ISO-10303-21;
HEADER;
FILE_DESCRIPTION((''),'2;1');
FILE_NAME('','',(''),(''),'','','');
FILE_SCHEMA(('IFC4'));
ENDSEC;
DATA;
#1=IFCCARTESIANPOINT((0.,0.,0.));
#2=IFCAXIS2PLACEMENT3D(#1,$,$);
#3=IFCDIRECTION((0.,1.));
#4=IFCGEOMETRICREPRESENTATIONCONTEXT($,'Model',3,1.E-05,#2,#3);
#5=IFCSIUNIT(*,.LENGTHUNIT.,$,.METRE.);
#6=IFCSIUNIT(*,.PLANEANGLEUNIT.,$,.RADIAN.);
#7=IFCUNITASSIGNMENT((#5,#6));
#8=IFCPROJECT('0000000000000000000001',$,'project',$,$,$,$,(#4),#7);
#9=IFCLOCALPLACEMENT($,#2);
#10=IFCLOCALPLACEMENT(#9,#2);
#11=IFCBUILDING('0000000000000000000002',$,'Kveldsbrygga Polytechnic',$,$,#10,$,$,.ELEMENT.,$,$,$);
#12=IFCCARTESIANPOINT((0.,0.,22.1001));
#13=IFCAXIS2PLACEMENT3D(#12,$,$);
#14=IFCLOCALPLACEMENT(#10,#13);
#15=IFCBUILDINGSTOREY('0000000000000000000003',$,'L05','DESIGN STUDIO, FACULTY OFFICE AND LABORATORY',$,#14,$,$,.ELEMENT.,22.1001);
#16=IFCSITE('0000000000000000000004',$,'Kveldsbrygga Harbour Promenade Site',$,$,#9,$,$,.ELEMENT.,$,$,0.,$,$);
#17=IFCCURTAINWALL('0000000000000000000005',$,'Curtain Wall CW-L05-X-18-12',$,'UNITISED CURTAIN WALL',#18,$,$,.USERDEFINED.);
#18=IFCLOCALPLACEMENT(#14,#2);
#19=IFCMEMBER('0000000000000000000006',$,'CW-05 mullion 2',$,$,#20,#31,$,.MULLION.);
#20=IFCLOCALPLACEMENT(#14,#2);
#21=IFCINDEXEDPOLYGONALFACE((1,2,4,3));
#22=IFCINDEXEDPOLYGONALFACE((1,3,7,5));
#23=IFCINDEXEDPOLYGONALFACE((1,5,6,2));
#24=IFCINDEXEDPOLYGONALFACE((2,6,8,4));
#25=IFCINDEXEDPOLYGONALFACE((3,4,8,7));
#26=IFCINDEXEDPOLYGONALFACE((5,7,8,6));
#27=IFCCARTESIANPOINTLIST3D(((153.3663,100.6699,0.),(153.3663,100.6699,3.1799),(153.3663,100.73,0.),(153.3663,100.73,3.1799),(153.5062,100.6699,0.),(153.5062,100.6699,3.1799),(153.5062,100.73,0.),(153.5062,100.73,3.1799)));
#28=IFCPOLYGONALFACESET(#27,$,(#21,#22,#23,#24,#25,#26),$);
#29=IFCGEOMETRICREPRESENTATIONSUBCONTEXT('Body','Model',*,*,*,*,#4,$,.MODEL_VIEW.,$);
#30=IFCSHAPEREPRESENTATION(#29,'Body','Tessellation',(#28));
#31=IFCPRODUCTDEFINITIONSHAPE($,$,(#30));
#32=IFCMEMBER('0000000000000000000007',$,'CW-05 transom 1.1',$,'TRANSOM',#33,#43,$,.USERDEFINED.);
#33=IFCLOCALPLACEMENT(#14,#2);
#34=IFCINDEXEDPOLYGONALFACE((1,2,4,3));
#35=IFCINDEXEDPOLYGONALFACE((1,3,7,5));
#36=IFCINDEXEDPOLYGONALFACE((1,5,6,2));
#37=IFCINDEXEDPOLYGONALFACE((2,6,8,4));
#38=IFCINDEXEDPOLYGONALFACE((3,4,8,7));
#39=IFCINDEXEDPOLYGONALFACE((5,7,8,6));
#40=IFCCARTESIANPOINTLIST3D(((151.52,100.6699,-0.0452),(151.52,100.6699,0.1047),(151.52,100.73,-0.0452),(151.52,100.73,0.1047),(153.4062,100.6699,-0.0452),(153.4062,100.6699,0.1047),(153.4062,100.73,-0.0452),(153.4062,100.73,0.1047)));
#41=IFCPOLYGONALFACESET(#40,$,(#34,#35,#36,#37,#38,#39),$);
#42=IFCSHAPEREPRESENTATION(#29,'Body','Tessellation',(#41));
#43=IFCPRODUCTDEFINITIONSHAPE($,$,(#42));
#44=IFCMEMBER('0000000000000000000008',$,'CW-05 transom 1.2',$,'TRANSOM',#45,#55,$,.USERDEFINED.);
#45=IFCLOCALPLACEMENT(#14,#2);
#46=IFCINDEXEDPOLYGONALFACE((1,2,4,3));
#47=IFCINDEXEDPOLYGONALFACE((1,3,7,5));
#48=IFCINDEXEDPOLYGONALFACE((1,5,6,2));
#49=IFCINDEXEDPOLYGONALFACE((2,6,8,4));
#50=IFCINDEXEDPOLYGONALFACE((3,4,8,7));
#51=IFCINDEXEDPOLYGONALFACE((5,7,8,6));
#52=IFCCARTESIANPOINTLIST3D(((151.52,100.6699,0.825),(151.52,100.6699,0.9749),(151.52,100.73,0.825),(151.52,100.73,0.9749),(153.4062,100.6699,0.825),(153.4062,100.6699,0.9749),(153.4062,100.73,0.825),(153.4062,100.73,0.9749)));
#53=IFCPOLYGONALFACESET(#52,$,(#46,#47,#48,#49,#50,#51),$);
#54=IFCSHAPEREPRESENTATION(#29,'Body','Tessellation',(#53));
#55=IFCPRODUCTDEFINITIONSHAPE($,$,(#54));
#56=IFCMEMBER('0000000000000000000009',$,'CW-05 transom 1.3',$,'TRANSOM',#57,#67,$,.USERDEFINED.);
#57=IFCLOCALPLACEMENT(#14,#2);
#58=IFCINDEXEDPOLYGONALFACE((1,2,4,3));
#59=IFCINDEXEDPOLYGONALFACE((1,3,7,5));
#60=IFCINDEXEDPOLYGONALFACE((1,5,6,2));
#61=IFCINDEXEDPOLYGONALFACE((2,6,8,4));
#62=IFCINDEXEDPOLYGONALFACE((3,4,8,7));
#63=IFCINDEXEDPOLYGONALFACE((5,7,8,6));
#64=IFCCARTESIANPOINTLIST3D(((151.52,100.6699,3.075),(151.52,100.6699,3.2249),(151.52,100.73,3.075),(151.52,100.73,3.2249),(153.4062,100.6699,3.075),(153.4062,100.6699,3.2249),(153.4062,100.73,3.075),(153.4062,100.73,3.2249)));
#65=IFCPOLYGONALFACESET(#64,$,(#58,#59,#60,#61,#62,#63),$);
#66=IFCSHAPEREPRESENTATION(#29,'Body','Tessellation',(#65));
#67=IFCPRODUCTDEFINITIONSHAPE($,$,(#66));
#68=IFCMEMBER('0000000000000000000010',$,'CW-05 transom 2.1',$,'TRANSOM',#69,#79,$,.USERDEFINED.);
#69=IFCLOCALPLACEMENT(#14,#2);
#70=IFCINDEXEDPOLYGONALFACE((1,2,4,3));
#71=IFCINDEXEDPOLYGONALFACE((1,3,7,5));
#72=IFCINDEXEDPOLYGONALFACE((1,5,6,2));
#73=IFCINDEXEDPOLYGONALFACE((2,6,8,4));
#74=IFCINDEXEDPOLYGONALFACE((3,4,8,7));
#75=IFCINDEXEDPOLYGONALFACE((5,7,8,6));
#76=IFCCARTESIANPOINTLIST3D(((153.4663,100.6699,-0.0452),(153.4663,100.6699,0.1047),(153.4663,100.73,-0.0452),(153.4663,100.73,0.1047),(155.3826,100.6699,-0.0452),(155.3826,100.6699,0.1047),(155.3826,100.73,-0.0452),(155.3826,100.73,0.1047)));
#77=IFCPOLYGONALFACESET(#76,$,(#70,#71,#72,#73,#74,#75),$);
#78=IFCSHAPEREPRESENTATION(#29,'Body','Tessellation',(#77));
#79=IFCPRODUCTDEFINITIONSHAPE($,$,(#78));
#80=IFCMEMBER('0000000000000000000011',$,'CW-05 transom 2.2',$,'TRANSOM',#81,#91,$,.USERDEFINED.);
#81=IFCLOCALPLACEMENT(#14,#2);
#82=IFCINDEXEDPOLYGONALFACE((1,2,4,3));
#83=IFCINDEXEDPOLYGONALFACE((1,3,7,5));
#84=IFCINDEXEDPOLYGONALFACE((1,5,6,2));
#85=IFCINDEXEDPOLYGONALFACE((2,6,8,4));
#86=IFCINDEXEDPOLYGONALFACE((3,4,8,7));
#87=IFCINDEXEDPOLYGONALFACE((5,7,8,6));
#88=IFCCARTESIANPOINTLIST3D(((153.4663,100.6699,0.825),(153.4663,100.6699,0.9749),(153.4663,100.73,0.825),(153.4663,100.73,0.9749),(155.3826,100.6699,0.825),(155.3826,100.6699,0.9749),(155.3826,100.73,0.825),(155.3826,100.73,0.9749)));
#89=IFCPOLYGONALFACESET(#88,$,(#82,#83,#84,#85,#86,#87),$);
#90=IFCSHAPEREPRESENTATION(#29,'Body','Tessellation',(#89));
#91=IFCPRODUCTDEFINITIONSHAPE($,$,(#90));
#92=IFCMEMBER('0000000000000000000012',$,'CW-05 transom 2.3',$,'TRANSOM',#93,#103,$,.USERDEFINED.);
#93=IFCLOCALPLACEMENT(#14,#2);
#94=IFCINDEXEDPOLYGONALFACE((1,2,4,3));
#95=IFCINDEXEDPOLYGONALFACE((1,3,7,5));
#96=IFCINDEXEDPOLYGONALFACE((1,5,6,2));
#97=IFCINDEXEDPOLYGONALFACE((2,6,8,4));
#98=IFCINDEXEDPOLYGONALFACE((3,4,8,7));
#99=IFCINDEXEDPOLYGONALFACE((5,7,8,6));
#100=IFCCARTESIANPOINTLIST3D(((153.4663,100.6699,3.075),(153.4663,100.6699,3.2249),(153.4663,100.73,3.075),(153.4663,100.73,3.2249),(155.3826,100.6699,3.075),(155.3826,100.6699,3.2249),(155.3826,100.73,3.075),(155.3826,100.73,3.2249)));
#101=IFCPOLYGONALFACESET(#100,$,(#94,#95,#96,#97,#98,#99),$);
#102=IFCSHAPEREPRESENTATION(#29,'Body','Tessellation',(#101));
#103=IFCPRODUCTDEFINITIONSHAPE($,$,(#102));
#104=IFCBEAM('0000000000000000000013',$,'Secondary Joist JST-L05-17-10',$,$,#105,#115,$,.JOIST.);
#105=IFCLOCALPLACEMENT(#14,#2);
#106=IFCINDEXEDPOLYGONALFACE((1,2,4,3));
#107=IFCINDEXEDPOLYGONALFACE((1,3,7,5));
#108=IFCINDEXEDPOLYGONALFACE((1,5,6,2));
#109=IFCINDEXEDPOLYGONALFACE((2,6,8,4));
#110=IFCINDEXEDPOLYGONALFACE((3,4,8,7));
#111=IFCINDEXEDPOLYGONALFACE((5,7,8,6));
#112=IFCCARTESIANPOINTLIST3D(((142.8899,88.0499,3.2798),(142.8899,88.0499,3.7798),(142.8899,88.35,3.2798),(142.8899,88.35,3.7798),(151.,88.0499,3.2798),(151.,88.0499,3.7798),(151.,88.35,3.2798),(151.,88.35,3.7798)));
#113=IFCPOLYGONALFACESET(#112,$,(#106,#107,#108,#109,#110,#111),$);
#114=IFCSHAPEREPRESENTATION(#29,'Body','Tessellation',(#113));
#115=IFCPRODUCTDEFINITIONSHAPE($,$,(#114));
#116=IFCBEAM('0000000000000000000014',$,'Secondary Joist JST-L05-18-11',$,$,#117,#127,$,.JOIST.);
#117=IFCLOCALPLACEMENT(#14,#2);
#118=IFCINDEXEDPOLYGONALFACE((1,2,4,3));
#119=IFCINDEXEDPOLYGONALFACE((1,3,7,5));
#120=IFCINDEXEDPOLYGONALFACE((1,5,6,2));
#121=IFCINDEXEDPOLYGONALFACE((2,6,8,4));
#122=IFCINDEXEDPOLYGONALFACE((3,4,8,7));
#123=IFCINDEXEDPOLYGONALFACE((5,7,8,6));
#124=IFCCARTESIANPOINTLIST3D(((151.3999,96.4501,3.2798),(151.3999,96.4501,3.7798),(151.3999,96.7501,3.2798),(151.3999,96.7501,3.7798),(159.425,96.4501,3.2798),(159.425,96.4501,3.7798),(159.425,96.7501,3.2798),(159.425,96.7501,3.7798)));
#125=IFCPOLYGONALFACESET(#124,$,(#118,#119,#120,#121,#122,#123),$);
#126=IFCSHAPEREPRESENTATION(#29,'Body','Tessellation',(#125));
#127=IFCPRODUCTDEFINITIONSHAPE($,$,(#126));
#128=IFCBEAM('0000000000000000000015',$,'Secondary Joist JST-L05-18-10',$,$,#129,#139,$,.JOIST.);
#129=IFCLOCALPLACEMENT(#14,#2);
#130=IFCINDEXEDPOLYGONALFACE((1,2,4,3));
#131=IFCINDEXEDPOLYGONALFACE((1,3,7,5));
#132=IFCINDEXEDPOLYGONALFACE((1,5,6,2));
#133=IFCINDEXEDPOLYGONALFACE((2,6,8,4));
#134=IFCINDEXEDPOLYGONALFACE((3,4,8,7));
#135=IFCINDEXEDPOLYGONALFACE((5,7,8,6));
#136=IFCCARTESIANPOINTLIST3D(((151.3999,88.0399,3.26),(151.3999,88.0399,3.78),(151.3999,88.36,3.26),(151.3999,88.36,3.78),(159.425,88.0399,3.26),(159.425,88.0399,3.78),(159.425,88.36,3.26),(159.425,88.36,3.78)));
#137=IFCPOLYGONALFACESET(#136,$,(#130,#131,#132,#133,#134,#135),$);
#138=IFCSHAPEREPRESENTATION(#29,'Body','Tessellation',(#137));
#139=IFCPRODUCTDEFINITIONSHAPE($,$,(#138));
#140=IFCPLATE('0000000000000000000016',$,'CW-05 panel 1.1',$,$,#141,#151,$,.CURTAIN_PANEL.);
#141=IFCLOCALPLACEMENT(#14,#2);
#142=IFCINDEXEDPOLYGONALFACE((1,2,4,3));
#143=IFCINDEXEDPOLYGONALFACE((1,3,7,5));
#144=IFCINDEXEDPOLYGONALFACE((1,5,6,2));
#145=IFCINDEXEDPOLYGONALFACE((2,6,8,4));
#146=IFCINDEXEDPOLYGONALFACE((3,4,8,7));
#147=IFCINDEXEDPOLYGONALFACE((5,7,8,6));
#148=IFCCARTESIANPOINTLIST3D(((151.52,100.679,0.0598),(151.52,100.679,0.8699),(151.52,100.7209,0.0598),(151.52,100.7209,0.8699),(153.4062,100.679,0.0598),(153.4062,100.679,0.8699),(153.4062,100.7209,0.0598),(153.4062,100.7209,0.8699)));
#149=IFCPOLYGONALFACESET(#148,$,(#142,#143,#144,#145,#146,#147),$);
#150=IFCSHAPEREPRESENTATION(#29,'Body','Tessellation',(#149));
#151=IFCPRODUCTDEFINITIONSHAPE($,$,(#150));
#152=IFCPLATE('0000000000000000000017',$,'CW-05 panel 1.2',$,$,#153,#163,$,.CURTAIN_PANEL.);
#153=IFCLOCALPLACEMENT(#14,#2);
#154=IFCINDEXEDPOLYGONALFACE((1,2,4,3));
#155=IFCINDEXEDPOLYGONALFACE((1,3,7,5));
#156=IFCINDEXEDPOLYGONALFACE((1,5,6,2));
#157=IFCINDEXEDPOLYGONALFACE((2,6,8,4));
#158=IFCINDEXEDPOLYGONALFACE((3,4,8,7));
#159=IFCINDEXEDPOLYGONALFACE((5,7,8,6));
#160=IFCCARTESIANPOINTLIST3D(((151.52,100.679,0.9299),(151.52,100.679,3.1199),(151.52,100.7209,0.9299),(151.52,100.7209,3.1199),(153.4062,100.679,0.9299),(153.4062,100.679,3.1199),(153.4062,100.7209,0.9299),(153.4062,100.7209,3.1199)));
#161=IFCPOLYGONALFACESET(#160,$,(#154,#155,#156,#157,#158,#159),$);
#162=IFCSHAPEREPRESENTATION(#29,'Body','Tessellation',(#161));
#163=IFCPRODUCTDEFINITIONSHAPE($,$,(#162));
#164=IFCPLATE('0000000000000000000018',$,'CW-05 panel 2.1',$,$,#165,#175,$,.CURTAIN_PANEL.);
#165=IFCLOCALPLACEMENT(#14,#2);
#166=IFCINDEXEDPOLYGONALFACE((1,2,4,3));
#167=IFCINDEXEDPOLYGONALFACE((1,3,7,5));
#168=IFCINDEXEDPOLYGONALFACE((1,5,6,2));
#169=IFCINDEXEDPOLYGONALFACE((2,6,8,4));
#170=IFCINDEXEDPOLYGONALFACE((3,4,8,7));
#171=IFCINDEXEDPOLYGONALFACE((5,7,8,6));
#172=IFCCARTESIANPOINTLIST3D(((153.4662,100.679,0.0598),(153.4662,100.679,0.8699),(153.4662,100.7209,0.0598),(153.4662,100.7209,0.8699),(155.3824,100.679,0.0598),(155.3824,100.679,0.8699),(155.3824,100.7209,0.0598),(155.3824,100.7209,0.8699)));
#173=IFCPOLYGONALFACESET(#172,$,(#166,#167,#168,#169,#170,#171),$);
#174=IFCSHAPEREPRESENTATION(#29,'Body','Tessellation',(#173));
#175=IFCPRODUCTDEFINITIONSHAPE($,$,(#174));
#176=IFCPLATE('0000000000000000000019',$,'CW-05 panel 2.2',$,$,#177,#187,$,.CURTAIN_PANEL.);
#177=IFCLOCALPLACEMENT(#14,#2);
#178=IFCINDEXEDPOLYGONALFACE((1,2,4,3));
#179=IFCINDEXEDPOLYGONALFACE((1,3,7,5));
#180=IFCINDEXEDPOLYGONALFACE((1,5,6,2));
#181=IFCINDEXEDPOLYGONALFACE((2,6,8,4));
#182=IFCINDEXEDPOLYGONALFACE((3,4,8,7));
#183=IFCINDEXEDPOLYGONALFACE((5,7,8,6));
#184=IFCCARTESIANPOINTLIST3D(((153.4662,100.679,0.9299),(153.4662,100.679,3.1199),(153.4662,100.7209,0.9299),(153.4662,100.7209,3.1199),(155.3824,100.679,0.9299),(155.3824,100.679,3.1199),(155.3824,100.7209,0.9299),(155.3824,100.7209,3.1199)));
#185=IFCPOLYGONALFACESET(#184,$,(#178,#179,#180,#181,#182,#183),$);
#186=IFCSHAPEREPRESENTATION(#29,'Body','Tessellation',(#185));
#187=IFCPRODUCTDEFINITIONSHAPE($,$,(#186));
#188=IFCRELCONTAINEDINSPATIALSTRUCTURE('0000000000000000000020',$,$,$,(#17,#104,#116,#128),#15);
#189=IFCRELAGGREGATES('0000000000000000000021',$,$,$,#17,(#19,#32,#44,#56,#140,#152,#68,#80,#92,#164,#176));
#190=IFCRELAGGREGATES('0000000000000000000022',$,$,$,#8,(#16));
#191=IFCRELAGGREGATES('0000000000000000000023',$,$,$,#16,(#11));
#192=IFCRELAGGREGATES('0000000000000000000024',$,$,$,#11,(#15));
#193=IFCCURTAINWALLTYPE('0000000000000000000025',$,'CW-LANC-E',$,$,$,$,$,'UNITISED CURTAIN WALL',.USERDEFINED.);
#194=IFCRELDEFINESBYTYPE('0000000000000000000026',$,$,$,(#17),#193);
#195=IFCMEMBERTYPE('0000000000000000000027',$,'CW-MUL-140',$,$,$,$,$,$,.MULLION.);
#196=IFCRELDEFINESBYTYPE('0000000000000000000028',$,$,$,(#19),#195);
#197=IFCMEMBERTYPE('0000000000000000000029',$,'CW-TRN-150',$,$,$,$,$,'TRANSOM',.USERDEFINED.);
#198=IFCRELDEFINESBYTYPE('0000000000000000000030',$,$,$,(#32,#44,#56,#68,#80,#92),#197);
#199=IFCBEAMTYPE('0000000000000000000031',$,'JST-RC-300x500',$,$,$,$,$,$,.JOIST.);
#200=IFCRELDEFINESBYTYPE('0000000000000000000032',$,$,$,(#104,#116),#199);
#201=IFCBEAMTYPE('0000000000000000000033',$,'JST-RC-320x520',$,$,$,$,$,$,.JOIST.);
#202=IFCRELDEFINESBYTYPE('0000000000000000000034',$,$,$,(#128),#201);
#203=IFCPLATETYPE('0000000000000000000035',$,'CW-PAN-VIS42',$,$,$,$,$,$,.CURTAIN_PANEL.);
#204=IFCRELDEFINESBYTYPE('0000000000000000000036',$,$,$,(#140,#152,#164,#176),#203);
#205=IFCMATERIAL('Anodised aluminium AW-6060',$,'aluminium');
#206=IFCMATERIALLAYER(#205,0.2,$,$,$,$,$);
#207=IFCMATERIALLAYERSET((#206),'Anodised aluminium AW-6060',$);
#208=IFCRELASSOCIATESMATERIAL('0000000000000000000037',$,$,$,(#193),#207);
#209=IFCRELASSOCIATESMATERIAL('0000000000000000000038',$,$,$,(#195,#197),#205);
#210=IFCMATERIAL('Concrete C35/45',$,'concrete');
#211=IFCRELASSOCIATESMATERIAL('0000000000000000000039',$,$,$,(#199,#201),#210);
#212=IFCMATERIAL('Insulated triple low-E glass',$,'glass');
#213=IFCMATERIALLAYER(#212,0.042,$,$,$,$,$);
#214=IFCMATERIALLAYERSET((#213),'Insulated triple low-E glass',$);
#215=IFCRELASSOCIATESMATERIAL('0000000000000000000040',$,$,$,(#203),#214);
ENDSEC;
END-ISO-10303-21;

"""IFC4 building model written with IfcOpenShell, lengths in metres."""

from ifc_helpers import new_model, si_unit, direction, frame, origin, origin_2d, place, context, subcontext, project, spatial, rectangle, extrude, material, layer, layer_set, material_profile, profile_set, type_object, element, aggregate, save


model = new_model("IFC4")

# Units and contexts
model_context = context("Model", 3, precision=1e-05, world=origin(), true_north=direction((0.0, 1.0)))
body_context = subcontext(model_context, "Body", "Model", "MODEL_VIEW")
ifc_project = project(units=[si_unit("LENGTHUNIT", "METRE"), si_unit("PLANEANGLEUNIT", "RADIAN")], contexts=[model_context])

# Site, building, storey
site_placement = place(None, origin())
site = spatial("IfcSite", under=ifc_project, at=site_placement, Name="Kveldsbrygga Harbour Promenade Site", CompositionType="ELEMENT", RefElevation=0.0)
building_placement = place(site_placement, origin())
building = spatial("IfcBuilding", under=site, at=building_placement, Name="Kveldsbrygga Polytechnic", CompositionType="ELEMENT")
storey_placement = place(building_placement, frame((0.0, 0.0, 22.1001)))
storey = spatial("IfcBuildingStorey", under=building, at=storey_placement, Name="L05", Description="DESIGN STUDIO, FACULTY OFFICE AND LABORATORY", CompositionType="ELEMENT", Elevation=22.1001)

# Shared definitions
ifc_material_1 = material(Name="Concrete C35/45", Category="concrete")

# Curtain wall, members
ifc_material_2 = material(Name="Anodised aluminium AW-6060", Category="aluminium")
ifc_layer_1 = layer(ifc_material_2, 0.2)
ifc_layer_set_1 = layer_set([ifc_layer_1], Name="Anodised aluminium AW-6060")
curtain_wall_type = type_object("IfcCurtainWallType", Name="CW-LANC-E", ElementType="UNITISED CURTAIN WALL", PredefinedType="USERDEFINED", material=ifc_layer_set_1)
curtain_wall_placement = place(storey_placement, origin())
curtain_wall = element("IfcCurtainWall", 1, at=curtain_wall_placement, inside=storey, type_object=curtain_wall_type, Name="Curtain Wall CW-L05-X-18-12", ObjectType="UNITISED CURTAIN WALL", PredefinedType="USERDEFINED")
ifc_material_profile_1 = material_profile(ifc_material_2, rectangle(XDim=0.0601, YDim=0.1399, at=origin_2d()), Name="ALU 60x140")
ifc_profile_set_1 = profile_set([ifc_material_profile_1], Name="Anodised aluminium AW-6060")
member_type_1 = type_object("IfcMemberType", Name="CW-MUL-140", PredefinedType="MULLION", material=ifc_profile_set_1)
member_1_placement = place(storey_placement, frame((153.4363, 100.7, 0.0), z_axis=(0.0, 0.0, 1.0), x_axis=(0.0, 1.0, 0.0)))
member_1 = element("IfcMember", 2, at=member_1_placement, type_object=member_type_1, Name="CW-05 mullion 2", PredefinedType="MULLION", context=body_context, shape_type="SweptSolid", body=[
    extrude(rectangle(XDim=0.0601, YDim=0.1399, at=origin_2d()), origin(), (0.0, 0.0, 1.0), 3.1799),
])
ifc_material_profile_2 = material_profile(ifc_material_2, rectangle(XDim=0.0601, YDim=0.1499, at=origin_2d()), Name="ALU 60x150")
ifc_profile_set_2 = profile_set([ifc_material_profile_2], Name="Anodised aluminium AW-6060")
member_type_2 = type_object("IfcMemberType", Name="CW-TRN-150", ElementType="TRANSOM", PredefinedType="USERDEFINED", material=ifc_profile_set_2)
member_2_placement = place(storey_placement, frame((151.52, 100.7, 0.0298), z_axis=(1.0, 0.0, 0.0), x_axis=(0.0, 1.0, 0.0)))
member_2 = element("IfcMember", 3, at=member_2_placement, type_object=member_type_2, Name="CW-05 transom 1.1", ObjectType="TRANSOM", PredefinedType="USERDEFINED", context=body_context, shape_type="SweptSolid", body=[
    extrude(rectangle(XDim=0.0601, YDim=0.1499, at=origin_2d()), origin(), (0.0, 0.0, 1.0), 1.8862),
])
member_3_placement = place(storey_placement, frame((151.52, 100.7, 0.8999), z_axis=(1.0, 0.0, 0.0), x_axis=(0.0, 1.0, 0.0)))
member_3 = element("IfcMember", 4, at=member_3_placement, type_object=member_type_2, Name="CW-05 transom 1.2", ObjectType="TRANSOM", PredefinedType="USERDEFINED", context=body_context, shape_type="SweptSolid", body=[
    extrude(rectangle(XDim=0.0601, YDim=0.1499, at=origin_2d()), origin(), (0.0, 0.0, 1.0), 1.8862),
])
member_4_placement = place(storey_placement, frame((151.52, 100.7, 3.1499), z_axis=(1.0, 0.0, 0.0), x_axis=(0.0, 1.0, 0.0)))
member_4 = element("IfcMember", 5, at=member_4_placement, type_object=member_type_2, Name="CW-05 transom 1.3", ObjectType="TRANSOM", PredefinedType="USERDEFINED", context=body_context, shape_type="SweptSolid", body=[
    extrude(rectangle(XDim=0.0601, YDim=0.1499, at=origin_2d()), origin(), (0.0, 0.0, 1.0), 1.8862),
])
member_5_placement = place(storey_placement, frame((153.4663, 100.7, 0.0298), z_axis=(1.0, 0.0, 0.0), x_axis=(0.0, 1.0, 0.0)))
member_5 = element("IfcMember", 6, at=member_5_placement, type_object=member_type_2, Name="CW-05 transom 2.1", ObjectType="TRANSOM", PredefinedType="USERDEFINED", context=body_context, shape_type="SweptSolid", body=[
    extrude(rectangle(XDim=0.0601, YDim=0.1499, at=origin_2d()), origin(), (0.0, 0.0, 1.0), 1.9163),
])
member_6_placement = place(storey_placement, frame((153.4663, 100.7, 0.8999), z_axis=(1.0, 0.0, 0.0), x_axis=(0.0, 1.0, 0.0)))
member_6 = element("IfcMember", 7, at=member_6_placement, type_object=member_type_2, Name="CW-05 transom 2.2", ObjectType="TRANSOM", PredefinedType="USERDEFINED", context=body_context, shape_type="SweptSolid", body=[
    extrude(rectangle(XDim=0.0601, YDim=0.1499, at=origin_2d()), origin(), (0.0, 0.0, 1.0), 1.9163),
])
member_7_placement = place(storey_placement, frame((153.4663, 100.7, 3.1499), z_axis=(1.0, 0.0, 0.0), x_axis=(0.0, 1.0, 0.0)))
member_7 = element("IfcMember", 8, at=member_7_placement, type_object=member_type_2, Name="CW-05 transom 2.3", ObjectType="TRANSOM", PredefinedType="USERDEFINED", context=body_context, shape_type="SweptSolid", body=[
    extrude(rectangle(XDim=0.0601, YDim=0.1499, at=origin_2d()), origin(), (0.0, 0.0, 1.0), 1.9163),
])

# Beams
ifc_material_profile_3 = material_profile(ifc_material_1, rectangle(XDim=0.3, YDim=0.5, at=origin_2d()), Name="RC 300x500")
ifc_profile_set_3 = profile_set([ifc_material_profile_3], Name="Concrete C35/45")
beam_type_1 = type_object("IfcBeamType", Name="JST-RC-300x500", PredefinedType="JOIST", material=ifc_profile_set_3)
beam_1_placement = place(storey_placement, frame((142.8899, 88.2, 3.5298), z_axis=(1.0, 0.0, 0.0), x_axis=(0.0, 1.0, 0.0)))
element("IfcBeam", 9, at=beam_1_placement, inside=storey, type_object=beam_type_1, Name="Secondary Joist JST-L05-17-10", PredefinedType="JOIST", context=body_context, shape_type="SweptSolid", body=[
    extrude(rectangle(XDim=0.3, YDim=0.5, at=origin_2d()), origin(), (0.0, 0.0, 1.0), 8.1101),
])
beam_2_placement = place(storey_placement, frame((151.3999, 96.6001, 3.5298), z_axis=(1.0, 0.0, 0.0), x_axis=(0.0, 1.0, 0.0)))
element("IfcBeam", 10, at=beam_2_placement, inside=storey, type_object=beam_type_1, Name="Secondary Joist JST-L05-18-11", PredefinedType="JOIST", context=body_context, shape_type="SweptSolid", body=[
    extrude(rectangle(XDim=0.3, YDim=0.5, at=origin_2d()), origin(), (0.0, 0.0, 1.0), 8.0251),
])
ifc_material_profile_4 = material_profile(ifc_material_1, rectangle(XDim=0.3201, YDim=0.52, at=origin_2d()), Name="RC 320x520")
ifc_profile_set_4 = profile_set([ifc_material_profile_4], Name="Concrete C35/45")
beam_type_2 = type_object("IfcBeamType", Name="JST-RC-320x520", PredefinedType="JOIST", material=ifc_profile_set_4)
beam_3_placement = place(storey_placement, frame((151.3999, 88.2, 3.52), z_axis=(1.0, 0.0, 0.0), x_axis=(0.0, 1.0, 0.0)))
element("IfcBeam", 11, at=beam_3_placement, inside=storey, type_object=beam_type_2, Name="Secondary Joist JST-L05-18-10", PredefinedType="JOIST", context=body_context, shape_type="SweptSolid", body=[
    extrude(rectangle(XDim=0.3201, YDim=0.52, at=origin_2d()), origin(), (0.0, 0.0, 1.0), 8.0251),
])

# Plates
ifc_material_3 = material(Name="Insulated triple low-E glass", Category="glass")
ifc_layer_2 = layer(ifc_material_3, 0.042)
ifc_layer_set_2 = layer_set([ifc_layer_2], Name="Insulated triple low-E glass")
plate_type = type_object("IfcPlateType", Name="CW-PAN-VIS42", PredefinedType="CURTAIN_PANEL", material=ifc_layer_set_2)
plate_1_placement = place(storey_placement, frame((152.4631, 100.7, 0.0598), z_axis=(0.0, 0.0, 1.0), x_axis=(1.0, 0.0, 0.0)))
plate_1 = element("IfcPlate", 12, at=plate_1_placement, type_object=plate_type, Name="CW-05 panel 1.1", PredefinedType="CURTAIN_PANEL", context=body_context, shape_type="SweptSolid", body=[
    extrude(rectangle(XDim=1.8862, YDim=0.042, at=origin_2d()), origin(), (0.0, 0.0, 1.0), 0.8101),
])
plate_2_placement = place(storey_placement, frame((152.4631, 100.7, 0.9299), z_axis=(0.0, 0.0, 1.0), x_axis=(1.0, 0.0, 0.0)))
plate_2 = element("IfcPlate", 13, at=plate_2_placement, type_object=plate_type, Name="CW-05 panel 1.2", PredefinedType="CURTAIN_PANEL", context=body_context, shape_type="SweptSolid", body=[
    extrude(rectangle(XDim=1.8862, YDim=0.042, at=origin_2d()), origin(), (0.0, 0.0, 1.0), 2.1899),
])
plate_3_placement = place(storey_placement, frame((154.4243, 100.7, 0.0598), z_axis=(0.0, 0.0, 1.0), x_axis=(1.0, 0.0, 0.0)))
plate_3 = element("IfcPlate", 14, at=plate_3_placement, type_object=plate_type, Name="CW-05 panel 2.1", PredefinedType="CURTAIN_PANEL", context=body_context, shape_type="SweptSolid", body=[
    extrude(rectangle(XDim=1.9163, YDim=0.042, at=origin_2d()), origin(), (0.0, 0.0, 1.0), 0.8101),
])
plate_4_placement = place(storey_placement, frame((154.4243, 100.7, 0.9299), z_axis=(0.0, 0.0, 1.0), x_axis=(1.0, 0.0, 0.0)))
plate_4 = element("IfcPlate", 15, at=plate_4_placement, type_object=plate_type, Name="CW-05 panel 2.2", PredefinedType="CURTAIN_PANEL", context=body_context, shape_type="SweptSolid", body=[
    extrude(rectangle(XDim=1.9163, YDim=0.042, at=origin_2d()), origin(), (0.0, 0.0, 1.0), 2.1899),
])
aggregate(curtain_wall, [member_1, member_2, member_3, member_4, plate_1, plate_2, member_5, member_6, member_7, plate_3, plate_4])

save(model, "model.ifc")
